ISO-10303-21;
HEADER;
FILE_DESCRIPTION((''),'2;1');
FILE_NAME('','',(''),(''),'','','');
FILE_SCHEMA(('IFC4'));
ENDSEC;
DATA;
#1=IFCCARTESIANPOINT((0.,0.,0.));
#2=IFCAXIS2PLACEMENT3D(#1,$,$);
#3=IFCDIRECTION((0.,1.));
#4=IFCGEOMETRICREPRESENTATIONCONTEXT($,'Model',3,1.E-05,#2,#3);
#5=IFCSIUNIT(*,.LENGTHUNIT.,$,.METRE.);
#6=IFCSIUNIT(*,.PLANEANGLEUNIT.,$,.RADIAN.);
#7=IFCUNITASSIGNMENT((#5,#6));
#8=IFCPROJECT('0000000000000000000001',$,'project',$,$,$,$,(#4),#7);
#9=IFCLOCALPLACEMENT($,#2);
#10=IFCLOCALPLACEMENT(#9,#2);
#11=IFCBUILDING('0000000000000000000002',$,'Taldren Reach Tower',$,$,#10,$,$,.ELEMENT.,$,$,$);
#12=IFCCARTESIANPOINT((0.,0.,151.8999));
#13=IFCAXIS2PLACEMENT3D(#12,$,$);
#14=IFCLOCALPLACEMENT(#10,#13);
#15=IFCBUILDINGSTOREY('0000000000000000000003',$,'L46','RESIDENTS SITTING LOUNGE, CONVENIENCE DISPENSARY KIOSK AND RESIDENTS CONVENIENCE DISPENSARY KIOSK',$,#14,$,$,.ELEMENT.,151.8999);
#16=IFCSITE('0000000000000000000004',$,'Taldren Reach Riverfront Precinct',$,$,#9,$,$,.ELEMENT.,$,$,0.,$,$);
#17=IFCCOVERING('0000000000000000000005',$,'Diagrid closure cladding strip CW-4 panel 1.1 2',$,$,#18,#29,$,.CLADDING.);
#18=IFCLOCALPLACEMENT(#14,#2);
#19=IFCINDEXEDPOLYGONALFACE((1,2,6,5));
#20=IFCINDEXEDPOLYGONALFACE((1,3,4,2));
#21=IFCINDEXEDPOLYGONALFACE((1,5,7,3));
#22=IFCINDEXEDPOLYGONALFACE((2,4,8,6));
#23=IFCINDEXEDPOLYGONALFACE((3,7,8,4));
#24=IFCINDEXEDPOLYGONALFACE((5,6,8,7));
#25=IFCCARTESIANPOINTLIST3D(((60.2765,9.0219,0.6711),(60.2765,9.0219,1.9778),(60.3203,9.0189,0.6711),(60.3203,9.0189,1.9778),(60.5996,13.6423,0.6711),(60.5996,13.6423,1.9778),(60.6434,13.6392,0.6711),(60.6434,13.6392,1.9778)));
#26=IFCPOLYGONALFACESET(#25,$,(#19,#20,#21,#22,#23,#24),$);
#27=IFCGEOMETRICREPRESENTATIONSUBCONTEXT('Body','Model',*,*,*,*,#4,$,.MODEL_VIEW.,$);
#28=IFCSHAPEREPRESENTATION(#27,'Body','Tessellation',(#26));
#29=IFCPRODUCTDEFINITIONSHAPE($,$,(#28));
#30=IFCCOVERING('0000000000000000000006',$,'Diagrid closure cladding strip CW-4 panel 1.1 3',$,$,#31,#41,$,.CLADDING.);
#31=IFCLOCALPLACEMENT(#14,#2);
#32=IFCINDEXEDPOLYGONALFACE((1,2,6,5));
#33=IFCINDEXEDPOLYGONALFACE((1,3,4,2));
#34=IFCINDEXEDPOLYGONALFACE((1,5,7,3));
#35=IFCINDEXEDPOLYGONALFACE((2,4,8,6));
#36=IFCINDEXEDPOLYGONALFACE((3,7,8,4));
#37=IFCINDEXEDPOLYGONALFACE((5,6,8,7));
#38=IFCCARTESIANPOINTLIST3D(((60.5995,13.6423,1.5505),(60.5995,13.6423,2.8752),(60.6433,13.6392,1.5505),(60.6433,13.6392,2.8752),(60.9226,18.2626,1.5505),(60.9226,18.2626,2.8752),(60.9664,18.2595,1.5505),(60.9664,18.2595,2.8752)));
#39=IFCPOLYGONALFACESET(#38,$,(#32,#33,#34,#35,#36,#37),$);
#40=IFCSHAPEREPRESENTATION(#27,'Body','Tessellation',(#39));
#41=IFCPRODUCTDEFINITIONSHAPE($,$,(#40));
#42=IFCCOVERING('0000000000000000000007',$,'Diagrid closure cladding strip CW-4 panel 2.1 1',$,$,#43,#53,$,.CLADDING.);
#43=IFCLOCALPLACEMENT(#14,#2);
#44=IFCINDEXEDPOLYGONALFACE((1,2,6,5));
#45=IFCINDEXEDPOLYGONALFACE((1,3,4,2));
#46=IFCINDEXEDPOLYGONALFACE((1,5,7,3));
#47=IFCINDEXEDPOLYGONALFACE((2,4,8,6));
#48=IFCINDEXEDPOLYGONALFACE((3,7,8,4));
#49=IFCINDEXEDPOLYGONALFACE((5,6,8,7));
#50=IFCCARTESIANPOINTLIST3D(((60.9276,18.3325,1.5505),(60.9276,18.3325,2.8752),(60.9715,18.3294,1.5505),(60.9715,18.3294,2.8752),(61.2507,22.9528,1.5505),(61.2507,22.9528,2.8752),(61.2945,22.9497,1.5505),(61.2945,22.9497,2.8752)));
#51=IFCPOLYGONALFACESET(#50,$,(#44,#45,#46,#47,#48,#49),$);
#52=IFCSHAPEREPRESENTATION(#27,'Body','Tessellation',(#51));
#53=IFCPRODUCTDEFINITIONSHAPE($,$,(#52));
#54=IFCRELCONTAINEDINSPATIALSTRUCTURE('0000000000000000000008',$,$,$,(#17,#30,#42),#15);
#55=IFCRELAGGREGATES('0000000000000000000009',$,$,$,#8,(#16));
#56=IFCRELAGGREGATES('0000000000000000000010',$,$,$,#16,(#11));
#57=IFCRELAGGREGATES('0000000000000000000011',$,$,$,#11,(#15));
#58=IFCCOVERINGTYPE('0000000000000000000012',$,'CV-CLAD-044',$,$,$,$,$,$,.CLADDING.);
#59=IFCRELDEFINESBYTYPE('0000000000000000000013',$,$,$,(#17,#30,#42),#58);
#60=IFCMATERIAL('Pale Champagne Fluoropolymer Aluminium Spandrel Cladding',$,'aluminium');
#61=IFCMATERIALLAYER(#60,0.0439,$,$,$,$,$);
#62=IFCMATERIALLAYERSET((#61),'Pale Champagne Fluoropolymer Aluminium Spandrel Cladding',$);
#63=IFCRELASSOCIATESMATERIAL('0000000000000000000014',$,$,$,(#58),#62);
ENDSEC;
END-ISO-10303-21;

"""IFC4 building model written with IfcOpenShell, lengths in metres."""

from ifc_helpers import new_model, si_unit, direction, frame, origin, origin_2d, place, context, subcontext, project, spatial, rectangle, extrude, source, transform, mapped, material, layer, layer_set, type_object, element, save


model = new_model("IFC4")

# Units and contexts
model_context = context("Model", 3, precision=1e-05, world=origin(), true_north=direction((0.0, 1.0)))
body_context = subcontext(model_context, "Body", "Model", "MODEL_VIEW")
ifc_project = project(units=[si_unit("LENGTHUNIT", "METRE"), si_unit("PLANEANGLEUNIT", "RADIAN")], contexts=[model_context])

# Site, building, storey
site_placement = place(None, origin())
site = spatial("IfcSite", under=ifc_project, at=site_placement, Name="Taldren Reach Riverfront Precinct", CompositionType="ELEMENT", RefElevation=0.0)
building_placement = place(site_placement, origin())
building = spatial("IfcBuilding", under=site, at=building_placement, Name="Taldren Reach Tower", CompositionType="ELEMENT")
storey_placement = place(building_placement, frame((0.0, 0.0, 151.8999)))
storey = spatial("IfcBuildingStorey", under=building, at=storey_placement, Name="L46", Description="RESIDENTS SITTING LOUNGE, CONVENIENCE DISPENSARY KIOSK AND RESIDENTS CONVENIENCE DISPENSARY KIOSK", CompositionType="ELEMENT", Elevation=151.8999)

# Coverings
ifc_material_1 = material(Name="Pale Champagne Fluoropolymer Aluminium Spandrel Cladding", Category="aluminium")
ifc_layer_1 = layer(ifc_material_1, 0.0439)
ifc_layer_set_1 = layer_set([ifc_layer_1], Name="Pale Champagne Fluoropolymer Aluminium Spandrel Cladding")
covering_type = type_object("IfcCoveringType", Name="CV-CLAD-044", PredefinedType="CLADDING", material=ifc_layer_set_1)
shared_shape_1 = source(origin(), body_context, "Body", "SweptSolid", [
    extrude(rectangle(XDim=4.6316, YDim=0.0439, at=origin_2d()), origin(), (0.0, 0.0, 1.0), 1.3066),
])
covering_placement = place(storey_placement, frame((60.46, 11.3306, 0.6711), z_axis=(0.0, 0.0, 1.0), x_axis=(0.069756, 0.997564, 0.0)))
element("IfcCovering", 1, at=covering_placement, inside=storey, type_object=covering_type, Name="Diagrid closure cladding strip CW-4 panel 1.1 2", PredefinedType="CLADDING", context=body_context, shape_type="MappedRepresentation", body=[
    mapped(shared_shape_1, transform((0.0, 0.0, 0.0), scale=1.0)),
])
shared_shape_2 = source(origin(), body_context, "Body", "SweptSolid", [
    extrude(rectangle(XDim=4.6316, YDim=0.0439, at=origin_2d()), origin(), (0.0, 0.0, 1.0), 1.3247),
])
for number, where, z_axis, x_axis, name in (
    (2, (60.783, 15.9509, 1.5505), (0.0, 0.0, 1.0), (0.069756, 0.997564, 0.0), "Diagrid closure cladding strip CW-4 panel 1.1 3"),
    (3, (61.1111, 20.6411, 1.5505), (0.0, 0.0, 1.0), (0.069756, 0.997564, 0.0), "Diagrid closure cladding strip CW-4 panel 2.1 1"),
):
    element("IfcCovering", number, at=place(storey_placement, frame(where, z_axis=z_axis, x_axis=x_axis)), inside=storey, type_object=covering_type, Name=name, PredefinedType="CLADDING", context=body_context, shape_type="MappedRepresentation", body=[
        mapped(shared_shape_2, transform((0.0, 0.0, 0.0), scale=1.0)),
    ])

save(model, "model.ifc")
